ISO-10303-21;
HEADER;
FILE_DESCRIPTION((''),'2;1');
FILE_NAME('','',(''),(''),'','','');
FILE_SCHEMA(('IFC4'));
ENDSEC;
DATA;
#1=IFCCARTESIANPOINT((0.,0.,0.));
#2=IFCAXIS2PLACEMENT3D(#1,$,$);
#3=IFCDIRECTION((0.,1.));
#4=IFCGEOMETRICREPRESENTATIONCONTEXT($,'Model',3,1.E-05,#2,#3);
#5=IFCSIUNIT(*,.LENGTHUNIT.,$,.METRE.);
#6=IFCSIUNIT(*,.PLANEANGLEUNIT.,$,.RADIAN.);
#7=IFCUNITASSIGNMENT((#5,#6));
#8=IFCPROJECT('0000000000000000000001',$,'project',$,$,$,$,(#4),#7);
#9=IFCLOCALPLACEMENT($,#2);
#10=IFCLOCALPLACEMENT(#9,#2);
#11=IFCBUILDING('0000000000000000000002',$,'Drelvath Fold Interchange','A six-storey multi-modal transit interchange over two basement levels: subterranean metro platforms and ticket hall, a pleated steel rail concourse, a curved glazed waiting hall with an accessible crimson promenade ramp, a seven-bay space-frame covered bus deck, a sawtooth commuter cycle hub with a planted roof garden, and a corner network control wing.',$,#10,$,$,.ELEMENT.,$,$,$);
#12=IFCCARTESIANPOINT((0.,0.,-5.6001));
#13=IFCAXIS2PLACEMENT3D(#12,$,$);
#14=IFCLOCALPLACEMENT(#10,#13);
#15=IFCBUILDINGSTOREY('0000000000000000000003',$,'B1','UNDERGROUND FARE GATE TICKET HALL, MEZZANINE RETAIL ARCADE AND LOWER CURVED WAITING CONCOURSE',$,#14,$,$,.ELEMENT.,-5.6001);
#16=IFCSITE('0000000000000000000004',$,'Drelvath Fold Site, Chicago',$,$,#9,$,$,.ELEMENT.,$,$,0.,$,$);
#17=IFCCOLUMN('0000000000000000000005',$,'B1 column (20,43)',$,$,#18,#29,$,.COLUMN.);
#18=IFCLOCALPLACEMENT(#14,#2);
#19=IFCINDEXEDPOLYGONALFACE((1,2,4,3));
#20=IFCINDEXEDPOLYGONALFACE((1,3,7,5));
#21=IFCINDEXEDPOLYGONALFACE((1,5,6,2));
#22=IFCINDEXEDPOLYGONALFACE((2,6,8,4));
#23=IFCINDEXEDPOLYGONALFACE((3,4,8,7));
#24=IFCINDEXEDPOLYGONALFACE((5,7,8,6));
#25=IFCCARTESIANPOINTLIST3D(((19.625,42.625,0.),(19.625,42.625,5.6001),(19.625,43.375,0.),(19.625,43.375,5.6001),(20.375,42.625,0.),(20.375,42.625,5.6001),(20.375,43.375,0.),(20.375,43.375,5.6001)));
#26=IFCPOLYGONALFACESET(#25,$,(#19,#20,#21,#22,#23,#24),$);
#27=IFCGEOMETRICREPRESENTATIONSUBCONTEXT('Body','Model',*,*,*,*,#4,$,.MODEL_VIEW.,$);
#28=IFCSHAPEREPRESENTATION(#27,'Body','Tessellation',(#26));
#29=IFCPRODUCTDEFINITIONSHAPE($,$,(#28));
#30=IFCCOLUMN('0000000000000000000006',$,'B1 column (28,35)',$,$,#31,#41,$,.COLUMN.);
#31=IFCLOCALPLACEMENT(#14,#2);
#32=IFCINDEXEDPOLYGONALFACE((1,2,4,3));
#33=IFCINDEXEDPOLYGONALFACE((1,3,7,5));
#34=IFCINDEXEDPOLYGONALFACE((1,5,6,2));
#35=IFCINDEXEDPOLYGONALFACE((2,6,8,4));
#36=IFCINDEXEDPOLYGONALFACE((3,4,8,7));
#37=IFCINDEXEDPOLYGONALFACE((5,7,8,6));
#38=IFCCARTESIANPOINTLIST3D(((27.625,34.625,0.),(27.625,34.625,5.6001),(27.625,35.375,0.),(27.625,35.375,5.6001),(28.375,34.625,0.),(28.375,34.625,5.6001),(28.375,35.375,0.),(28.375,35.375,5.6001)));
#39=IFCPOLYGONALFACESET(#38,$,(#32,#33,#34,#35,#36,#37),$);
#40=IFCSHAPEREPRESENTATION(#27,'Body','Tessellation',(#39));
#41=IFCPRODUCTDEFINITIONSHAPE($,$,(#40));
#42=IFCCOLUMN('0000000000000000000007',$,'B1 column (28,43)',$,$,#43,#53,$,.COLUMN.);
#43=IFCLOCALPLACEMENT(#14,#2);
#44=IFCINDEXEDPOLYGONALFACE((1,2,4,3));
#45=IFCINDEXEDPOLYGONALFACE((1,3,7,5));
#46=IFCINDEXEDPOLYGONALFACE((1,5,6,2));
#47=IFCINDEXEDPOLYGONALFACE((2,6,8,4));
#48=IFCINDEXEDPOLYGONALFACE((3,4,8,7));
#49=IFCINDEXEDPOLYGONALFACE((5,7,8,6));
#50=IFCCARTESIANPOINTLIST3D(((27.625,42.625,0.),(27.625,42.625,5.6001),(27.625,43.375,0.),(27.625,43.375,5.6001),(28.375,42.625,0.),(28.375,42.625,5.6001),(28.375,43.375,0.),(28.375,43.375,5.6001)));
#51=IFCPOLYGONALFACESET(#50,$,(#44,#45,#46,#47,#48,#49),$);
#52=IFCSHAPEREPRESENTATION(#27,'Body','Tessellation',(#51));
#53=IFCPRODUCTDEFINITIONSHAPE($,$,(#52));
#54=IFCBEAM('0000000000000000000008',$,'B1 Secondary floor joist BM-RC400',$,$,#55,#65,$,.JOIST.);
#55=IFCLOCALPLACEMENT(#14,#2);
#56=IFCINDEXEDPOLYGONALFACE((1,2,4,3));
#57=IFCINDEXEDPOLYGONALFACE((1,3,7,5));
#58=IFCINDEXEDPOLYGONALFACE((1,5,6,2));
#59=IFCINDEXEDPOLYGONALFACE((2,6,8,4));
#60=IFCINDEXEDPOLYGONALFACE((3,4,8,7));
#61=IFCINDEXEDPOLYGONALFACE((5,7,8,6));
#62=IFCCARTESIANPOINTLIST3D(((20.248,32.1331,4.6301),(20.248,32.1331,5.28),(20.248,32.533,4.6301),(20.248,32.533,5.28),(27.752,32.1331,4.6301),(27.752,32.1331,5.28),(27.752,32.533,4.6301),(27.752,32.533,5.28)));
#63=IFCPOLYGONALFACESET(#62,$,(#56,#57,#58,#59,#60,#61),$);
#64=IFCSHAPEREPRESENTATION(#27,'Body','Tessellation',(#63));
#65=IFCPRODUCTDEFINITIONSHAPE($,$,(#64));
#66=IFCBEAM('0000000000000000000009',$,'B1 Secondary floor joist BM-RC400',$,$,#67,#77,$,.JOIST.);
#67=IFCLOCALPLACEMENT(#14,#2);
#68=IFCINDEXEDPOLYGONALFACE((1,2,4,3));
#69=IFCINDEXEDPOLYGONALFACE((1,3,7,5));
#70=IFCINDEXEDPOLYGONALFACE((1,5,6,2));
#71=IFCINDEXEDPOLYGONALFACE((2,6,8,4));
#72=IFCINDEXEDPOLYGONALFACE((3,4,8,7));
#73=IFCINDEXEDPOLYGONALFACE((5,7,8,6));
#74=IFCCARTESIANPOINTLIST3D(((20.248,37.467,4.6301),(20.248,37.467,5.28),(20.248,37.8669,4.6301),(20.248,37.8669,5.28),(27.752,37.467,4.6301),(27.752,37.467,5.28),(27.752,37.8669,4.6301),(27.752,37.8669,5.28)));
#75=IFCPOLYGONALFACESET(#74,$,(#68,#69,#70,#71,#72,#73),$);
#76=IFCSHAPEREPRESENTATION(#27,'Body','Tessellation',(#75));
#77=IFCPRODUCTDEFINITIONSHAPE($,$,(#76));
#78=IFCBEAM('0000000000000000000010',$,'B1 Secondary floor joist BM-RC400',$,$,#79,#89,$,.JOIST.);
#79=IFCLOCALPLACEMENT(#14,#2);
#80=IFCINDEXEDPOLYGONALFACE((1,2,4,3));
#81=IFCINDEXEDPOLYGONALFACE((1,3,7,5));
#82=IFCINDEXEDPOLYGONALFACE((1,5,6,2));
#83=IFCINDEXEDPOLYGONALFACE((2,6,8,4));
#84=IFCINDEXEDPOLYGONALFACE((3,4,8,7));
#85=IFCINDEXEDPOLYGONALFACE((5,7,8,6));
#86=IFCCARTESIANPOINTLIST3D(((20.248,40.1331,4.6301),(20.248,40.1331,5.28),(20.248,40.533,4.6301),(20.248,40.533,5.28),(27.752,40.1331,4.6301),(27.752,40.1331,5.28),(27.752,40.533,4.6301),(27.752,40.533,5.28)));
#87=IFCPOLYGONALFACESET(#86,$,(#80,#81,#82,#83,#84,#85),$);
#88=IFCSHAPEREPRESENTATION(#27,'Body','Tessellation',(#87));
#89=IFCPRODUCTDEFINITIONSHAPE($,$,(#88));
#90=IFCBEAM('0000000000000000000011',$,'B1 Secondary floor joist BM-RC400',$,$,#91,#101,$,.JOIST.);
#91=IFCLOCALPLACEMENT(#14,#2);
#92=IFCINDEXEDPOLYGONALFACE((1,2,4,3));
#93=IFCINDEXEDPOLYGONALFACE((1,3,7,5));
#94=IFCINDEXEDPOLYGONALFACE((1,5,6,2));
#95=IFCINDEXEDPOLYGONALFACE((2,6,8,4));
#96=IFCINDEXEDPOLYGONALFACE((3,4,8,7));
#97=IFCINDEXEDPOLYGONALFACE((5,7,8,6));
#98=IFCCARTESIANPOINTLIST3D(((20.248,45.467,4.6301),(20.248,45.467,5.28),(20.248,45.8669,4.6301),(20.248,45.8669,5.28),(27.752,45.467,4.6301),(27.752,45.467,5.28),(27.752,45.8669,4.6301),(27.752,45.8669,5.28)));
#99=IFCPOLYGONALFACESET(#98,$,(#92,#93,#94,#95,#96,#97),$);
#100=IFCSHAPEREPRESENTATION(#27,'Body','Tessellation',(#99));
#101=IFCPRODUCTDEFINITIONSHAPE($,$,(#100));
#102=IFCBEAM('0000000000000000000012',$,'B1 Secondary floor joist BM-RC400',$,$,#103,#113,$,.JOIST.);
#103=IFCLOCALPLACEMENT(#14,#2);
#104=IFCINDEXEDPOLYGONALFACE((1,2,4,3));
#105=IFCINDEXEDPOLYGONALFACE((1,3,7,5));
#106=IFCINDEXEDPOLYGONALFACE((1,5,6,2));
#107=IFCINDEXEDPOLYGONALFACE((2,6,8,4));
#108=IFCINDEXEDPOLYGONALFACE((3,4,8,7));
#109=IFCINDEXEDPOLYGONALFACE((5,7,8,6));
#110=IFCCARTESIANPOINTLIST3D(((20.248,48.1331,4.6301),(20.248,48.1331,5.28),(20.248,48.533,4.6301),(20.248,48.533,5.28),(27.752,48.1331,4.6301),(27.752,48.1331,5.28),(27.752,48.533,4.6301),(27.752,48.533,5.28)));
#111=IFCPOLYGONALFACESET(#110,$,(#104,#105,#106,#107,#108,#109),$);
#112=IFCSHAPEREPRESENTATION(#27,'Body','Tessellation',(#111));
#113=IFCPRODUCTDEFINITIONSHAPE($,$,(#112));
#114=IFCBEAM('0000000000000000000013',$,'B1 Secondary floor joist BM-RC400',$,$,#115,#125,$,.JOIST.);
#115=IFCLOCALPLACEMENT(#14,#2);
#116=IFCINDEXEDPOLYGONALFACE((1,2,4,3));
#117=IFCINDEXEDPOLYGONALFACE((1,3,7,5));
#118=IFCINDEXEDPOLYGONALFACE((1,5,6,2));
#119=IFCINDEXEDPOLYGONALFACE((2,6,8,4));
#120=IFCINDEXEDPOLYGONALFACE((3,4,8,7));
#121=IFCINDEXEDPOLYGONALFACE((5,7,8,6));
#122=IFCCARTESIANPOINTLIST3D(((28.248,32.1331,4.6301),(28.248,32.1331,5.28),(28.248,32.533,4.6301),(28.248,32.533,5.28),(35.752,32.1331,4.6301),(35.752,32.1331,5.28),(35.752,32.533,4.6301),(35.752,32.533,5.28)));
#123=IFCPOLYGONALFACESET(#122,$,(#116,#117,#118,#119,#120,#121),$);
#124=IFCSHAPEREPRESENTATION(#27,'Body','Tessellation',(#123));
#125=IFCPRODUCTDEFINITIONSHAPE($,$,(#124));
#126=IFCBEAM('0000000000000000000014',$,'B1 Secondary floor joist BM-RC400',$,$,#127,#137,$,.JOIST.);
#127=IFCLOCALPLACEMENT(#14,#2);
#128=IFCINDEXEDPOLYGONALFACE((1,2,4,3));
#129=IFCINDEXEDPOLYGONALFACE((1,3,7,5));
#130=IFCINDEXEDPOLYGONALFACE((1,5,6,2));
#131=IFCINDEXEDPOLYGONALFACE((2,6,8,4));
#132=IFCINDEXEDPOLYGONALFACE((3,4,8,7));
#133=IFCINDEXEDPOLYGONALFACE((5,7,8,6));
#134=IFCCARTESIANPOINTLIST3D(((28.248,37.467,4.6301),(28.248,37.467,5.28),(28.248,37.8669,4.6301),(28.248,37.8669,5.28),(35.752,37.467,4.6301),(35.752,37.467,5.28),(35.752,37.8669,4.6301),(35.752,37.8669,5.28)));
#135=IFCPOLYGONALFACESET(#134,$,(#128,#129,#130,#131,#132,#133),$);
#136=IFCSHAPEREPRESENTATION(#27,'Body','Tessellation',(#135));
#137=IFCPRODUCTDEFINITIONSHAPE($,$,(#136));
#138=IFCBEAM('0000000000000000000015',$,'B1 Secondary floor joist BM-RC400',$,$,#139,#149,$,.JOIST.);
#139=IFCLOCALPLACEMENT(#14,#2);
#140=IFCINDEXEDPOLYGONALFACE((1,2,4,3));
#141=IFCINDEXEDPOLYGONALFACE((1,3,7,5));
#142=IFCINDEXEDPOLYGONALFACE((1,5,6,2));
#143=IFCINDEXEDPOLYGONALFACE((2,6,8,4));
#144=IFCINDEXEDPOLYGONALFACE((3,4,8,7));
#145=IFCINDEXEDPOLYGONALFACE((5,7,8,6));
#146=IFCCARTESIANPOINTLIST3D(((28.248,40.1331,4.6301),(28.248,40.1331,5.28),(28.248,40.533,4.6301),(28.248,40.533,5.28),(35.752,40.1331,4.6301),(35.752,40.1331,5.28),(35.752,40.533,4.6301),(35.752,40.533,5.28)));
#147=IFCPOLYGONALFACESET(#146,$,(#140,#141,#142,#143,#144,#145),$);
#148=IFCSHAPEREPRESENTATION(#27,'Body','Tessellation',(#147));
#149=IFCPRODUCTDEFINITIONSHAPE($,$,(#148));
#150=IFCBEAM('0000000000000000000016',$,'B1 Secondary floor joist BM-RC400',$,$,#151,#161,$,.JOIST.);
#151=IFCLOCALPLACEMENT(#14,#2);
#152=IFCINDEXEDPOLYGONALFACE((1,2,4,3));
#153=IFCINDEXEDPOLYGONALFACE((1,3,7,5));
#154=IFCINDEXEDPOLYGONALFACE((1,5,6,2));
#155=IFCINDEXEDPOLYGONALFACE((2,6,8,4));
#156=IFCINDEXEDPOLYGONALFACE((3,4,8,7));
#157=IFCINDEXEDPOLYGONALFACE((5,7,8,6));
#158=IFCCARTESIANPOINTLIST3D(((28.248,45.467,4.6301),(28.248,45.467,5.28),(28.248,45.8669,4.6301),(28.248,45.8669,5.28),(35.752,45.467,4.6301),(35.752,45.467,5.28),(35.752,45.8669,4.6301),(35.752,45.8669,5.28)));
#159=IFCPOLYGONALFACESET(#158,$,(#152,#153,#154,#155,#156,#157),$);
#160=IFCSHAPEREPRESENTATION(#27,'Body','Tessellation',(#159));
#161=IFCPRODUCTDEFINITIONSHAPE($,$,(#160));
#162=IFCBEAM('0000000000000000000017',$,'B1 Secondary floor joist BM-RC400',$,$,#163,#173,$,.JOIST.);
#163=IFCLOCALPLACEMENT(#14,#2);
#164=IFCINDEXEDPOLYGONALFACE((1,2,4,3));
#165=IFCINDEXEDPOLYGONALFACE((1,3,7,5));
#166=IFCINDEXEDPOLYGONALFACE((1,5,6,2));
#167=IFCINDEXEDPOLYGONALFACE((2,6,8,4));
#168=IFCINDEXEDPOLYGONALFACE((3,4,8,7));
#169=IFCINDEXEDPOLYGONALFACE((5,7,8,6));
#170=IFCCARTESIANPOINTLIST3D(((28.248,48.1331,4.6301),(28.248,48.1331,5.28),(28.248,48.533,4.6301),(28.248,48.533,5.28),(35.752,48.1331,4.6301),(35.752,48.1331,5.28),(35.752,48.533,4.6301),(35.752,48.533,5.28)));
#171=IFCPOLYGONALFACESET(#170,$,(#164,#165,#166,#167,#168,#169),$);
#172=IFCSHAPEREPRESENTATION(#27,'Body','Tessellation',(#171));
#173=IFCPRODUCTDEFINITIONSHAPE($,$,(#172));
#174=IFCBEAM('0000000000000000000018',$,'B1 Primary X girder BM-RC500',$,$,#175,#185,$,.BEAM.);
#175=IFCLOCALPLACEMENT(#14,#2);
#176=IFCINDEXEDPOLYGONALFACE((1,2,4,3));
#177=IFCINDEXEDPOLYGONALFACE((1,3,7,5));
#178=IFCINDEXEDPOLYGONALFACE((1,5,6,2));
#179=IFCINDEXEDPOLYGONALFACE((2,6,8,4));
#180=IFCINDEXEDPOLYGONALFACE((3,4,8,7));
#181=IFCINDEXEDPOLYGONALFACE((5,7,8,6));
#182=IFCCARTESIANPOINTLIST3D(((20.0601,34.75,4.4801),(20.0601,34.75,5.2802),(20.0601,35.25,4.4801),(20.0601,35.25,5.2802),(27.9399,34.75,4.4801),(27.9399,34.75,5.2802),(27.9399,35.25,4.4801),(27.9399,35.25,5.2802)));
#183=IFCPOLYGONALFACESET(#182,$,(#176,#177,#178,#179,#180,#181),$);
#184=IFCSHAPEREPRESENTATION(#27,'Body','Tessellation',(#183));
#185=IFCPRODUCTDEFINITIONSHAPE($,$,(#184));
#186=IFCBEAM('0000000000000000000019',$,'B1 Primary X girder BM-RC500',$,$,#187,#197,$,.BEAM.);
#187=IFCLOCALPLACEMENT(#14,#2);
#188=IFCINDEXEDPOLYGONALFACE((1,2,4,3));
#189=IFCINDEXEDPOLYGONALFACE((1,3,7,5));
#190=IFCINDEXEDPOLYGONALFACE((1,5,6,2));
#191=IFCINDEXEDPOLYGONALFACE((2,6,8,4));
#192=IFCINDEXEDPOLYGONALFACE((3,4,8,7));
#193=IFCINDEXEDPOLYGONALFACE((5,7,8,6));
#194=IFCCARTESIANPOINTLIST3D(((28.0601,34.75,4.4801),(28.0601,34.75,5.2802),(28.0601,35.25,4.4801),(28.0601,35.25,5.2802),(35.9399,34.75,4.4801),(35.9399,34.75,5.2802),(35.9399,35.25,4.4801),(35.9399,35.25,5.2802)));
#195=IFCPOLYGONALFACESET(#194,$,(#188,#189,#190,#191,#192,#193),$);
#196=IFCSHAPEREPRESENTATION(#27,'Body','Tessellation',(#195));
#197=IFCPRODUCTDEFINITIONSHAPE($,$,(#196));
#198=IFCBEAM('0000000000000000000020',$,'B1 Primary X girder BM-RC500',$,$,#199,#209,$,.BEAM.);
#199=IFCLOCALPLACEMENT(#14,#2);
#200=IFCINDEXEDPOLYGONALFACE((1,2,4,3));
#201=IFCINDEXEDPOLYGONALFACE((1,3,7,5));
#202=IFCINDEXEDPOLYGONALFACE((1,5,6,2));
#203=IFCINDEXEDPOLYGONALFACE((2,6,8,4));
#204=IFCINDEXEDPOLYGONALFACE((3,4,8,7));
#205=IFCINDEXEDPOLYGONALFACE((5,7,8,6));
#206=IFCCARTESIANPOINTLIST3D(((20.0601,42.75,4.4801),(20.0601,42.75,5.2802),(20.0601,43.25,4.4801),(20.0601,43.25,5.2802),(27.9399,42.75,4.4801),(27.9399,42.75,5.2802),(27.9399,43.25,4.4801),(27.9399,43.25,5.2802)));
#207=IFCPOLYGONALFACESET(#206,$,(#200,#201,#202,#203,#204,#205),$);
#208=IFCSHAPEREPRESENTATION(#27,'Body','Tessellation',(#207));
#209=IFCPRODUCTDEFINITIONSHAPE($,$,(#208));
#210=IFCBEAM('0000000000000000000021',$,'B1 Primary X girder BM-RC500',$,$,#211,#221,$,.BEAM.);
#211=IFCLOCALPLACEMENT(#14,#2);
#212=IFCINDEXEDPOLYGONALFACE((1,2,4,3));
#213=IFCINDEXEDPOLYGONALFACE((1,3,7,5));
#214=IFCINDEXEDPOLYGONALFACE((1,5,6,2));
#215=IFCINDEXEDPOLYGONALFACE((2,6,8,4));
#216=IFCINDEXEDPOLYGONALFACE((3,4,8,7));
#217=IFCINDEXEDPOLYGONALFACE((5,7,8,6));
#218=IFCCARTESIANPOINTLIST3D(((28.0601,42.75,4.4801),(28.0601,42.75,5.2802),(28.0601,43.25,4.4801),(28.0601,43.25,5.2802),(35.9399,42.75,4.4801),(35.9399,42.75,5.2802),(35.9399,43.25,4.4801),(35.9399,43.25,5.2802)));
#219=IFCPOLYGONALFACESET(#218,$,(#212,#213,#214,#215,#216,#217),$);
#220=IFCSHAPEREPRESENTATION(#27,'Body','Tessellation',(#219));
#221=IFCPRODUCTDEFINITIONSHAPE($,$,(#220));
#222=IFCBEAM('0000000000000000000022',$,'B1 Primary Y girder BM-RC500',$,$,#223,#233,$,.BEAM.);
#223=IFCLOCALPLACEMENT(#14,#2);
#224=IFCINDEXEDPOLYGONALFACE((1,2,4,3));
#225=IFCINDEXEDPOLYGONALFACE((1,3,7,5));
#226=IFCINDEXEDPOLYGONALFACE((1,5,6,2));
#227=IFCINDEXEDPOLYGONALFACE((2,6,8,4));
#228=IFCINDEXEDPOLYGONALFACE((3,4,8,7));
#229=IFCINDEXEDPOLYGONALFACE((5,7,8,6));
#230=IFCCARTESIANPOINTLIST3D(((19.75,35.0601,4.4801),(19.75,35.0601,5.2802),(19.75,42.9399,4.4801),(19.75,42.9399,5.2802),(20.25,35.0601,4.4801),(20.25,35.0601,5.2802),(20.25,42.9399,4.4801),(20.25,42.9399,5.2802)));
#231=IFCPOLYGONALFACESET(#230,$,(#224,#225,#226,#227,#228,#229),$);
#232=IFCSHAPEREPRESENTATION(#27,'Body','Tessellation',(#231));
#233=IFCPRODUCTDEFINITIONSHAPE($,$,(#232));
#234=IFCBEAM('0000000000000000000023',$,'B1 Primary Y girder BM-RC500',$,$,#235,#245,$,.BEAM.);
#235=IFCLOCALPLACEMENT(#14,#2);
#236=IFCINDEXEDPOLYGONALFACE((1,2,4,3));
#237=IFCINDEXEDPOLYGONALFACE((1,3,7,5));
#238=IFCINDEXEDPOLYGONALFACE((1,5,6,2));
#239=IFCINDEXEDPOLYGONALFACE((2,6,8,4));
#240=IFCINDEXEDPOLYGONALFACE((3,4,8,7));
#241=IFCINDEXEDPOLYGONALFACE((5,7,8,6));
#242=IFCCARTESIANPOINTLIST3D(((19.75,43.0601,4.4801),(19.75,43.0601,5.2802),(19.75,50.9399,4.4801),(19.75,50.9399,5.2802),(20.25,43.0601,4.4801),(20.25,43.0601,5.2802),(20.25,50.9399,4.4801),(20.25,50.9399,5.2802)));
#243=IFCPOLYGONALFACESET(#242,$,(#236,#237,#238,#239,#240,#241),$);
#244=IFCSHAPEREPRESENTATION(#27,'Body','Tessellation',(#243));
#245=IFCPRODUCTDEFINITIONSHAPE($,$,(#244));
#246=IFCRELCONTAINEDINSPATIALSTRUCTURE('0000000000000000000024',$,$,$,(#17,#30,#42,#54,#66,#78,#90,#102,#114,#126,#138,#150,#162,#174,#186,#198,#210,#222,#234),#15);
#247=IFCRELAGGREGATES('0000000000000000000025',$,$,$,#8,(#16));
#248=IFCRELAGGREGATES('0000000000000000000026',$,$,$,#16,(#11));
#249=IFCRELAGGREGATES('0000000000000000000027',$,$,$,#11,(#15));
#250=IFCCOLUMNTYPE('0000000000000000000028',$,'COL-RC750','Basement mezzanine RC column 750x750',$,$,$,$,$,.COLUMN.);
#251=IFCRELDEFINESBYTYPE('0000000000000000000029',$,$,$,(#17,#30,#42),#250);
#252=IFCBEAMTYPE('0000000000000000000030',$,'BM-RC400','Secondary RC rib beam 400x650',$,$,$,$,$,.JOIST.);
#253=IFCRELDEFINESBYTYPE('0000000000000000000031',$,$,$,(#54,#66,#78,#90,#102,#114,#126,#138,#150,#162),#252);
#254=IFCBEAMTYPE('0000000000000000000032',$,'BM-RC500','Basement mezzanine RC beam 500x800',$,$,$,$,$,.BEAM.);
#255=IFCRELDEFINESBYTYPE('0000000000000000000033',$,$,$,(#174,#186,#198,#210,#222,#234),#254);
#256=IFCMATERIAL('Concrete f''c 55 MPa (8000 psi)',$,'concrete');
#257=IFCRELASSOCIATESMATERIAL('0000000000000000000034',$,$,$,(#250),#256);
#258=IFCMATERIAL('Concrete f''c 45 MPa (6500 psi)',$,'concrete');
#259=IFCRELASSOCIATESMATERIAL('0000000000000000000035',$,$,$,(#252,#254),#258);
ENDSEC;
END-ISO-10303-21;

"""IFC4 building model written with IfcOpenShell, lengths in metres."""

from ifc_helpers import new_model, si_unit, direction, frame, origin, origin_2d, place, context, subcontext, project, spatial, rectangle, extrude, material, material_profile, profile_set, type_object, element, save


model = new_model("IFC4")

# Units and contexts
model_context = context("Model", 3, precision=1e-05, world=origin(), true_north=direction((0.0, 1.0)))
body_context = subcontext(model_context, "Body", "Model", "MODEL_VIEW")
ifc_project = project(units=[si_unit("LENGTHUNIT", "METRE"), si_unit("PLANEANGLEUNIT", "RADIAN")], contexts=[model_context])

# Site, building, storey
site_placement = place(None, origin())
site = spatial("IfcSite", under=ifc_project, at=site_placement, Name="Drelvath Fold Site, Chicago", CompositionType="ELEMENT", RefElevation=0.0)
building_placement = place(site_placement, origin())
building = spatial("IfcBuilding", under=site, at=building_placement, Name="Drelvath Fold Interchange", Description="A six-storey multi-modal transit interchange over two basement levels: subterranean metro platforms and ticket hall, a pleated steel rail concourse, a curved glazed waiting hall with an accessible crimson promenade ramp, a seven-bay space-frame covered bus deck, a sawtooth commuter cycle hub with a planted roof garden, and a corner network control wing.", CompositionType="ELEMENT")
storey_placement = place(building_placement, frame((0.0, 0.0, -5.6001)))
storey = spatial("IfcBuildingStorey", under=building, at=storey_placement, Name="B1", Description="UNDERGROUND FARE GATE TICKET HALL, MEZZANINE RETAIL ARCADE AND LOWER CURVED WAITING CONCOURSE", CompositionType="ELEMENT", Elevation=-5.6001)

# Columns
ifc_material_1 = material(Name="Concrete f'c 55 MPa (8000 psi)", Category="concrete")
ifc_material_profile_1 = material_profile(ifc_material_1, rectangle(XDim=0.75, YDim=0.75, at=origin_2d()), Name="RC 750x750")
ifc_profile_set_1 = profile_set([ifc_material_profile_1], Name="Concrete f'c 55 MPa (8000 psi)")
column_type = type_object("IfcColumnType", Name="COL-RC750", Description="Basement mezzanine RC column 750x750", PredefinedType="COLUMN", material=ifc_profile_set_1)
for number, where, z_axis, x_axis, name in (
    (1, (20.0, 43.0, 0.0), (0.0, 0.0, 1.0), (1.0, 0.0, 0.0), "B1 column (20,43)"),
    (2, (28.0, 35.0, 0.0), (0.0, 0.0, 1.0), (1.0, 0.0, 0.0), "B1 column (28,35)"),
    (3, (28.0, 43.0, 0.0), (0.0, 0.0, 1.0), (1.0, 0.0, 0.0), "B1 column (28,43)"),
):
    element("IfcColumn", number, at=place(storey_placement, frame(where, z_axis=z_axis, x_axis=x_axis)), inside=storey, type_object=column_type, Name=name, PredefinedType="COLUMN", context=body_context, shape_type="SweptSolid", body=[
        extrude(rectangle(XDim=0.75, YDim=0.75, at=origin_2d()), origin(), (0.0, 0.0, 1.0), 5.6001),
    ])

# Beams
ifc_material_2 = material(Name="Concrete f'c 45 MPa (6500 psi)", Category="concrete")
ifc_material_profile_2 = material_profile(ifc_material_2, rectangle(XDim=0.3999, YDim=0.6499, at=origin_2d()), Name="RC 400x650")
ifc_profile_set_2 = profile_set([ifc_material_profile_2], Name="Concrete f'c 45 MPa (6500 psi)")
beam_type_1 = type_object("IfcBeamType", Name="BM-RC400", Description="Secondary RC rib beam 400x650", PredefinedType="JOIST", material=ifc_profile_set_2)
for number, where, z_axis, x_axis, name in (
    (4, (20.248, 32.333, 4.9551), (1.0, 0.0, 0.0), (0.0, 1.0, 0.0), "B1 Secondary floor joist BM-RC400"),
    (5, (20.248, 37.667, 4.9551), (1.0, 0.0, 0.0), (0.0, 1.0, 0.0), "B1 Secondary floor joist BM-RC400"),
    (6, (20.248, 40.333, 4.9551), (1.0, 0.0, 0.0), (0.0, 1.0, 0.0), "B1 Secondary floor joist BM-RC400"),
    (7, (20.248, 45.667, 4.9551), (1.0, 0.0, 0.0), (0.0, 1.0, 0.0), "B1 Secondary floor joist BM-RC400"),
    (8, (20.248, 48.333, 4.9551), (1.0, 0.0, 0.0), (0.0, 1.0, 0.0), "B1 Secondary floor joist BM-RC400"),
    (9, (28.248, 32.333, 4.9551), (1.0, 0.0, 0.0), (0.0, 1.0, 0.0), "B1 Secondary floor joist BM-RC400"),
    (10, (28.248, 37.667, 4.9551), (1.0, 0.0, 0.0), (0.0, 1.0, 0.0), "B1 Secondary floor joist BM-RC400"),
    (11, (28.248, 40.333, 4.9551), (1.0, 0.0, 0.0), (0.0, 1.0, 0.0), "B1 Secondary floor joist BM-RC400"),
    (12, (28.248, 45.667, 4.9551), (1.0, 0.0, 0.0), (0.0, 1.0, 0.0), "B1 Secondary floor joist BM-RC400"),
    (13, (28.248, 48.333, 4.9551), (1.0, 0.0, 0.0), (0.0, 1.0, 0.0), "B1 Secondary floor joist BM-RC400"),
):
    element("IfcBeam", number, at=place(storey_placement, frame(where, z_axis=z_axis, x_axis=x_axis)), inside=storey, type_object=beam_type_1, Name=name, PredefinedType="JOIST", context=body_context, shape_type="SweptSolid", body=[
        extrude(rectangle(XDim=0.3999, YDim=0.6499, at=origin_2d()), origin(), (0.0, 0.0, 1.0), 7.5039),
    ])
ifc_material_profile_3 = material_profile(ifc_material_2, rectangle(XDim=0.5, YDim=0.8, at=origin_2d()), Name="RC 500x800")
ifc_profile_set_3 = profile_set([ifc_material_profile_3], Name="Concrete f'c 45 MPa (6500 psi)")
beam_type_2 = type_object("IfcBeamType", Name="BM-RC500", Description="Basement mezzanine RC beam 500x800", PredefinedType="BEAM", material=ifc_profile_set_3)
for number, where, z_axis, x_axis, name in (
    (14, (20.0601, 35.0, 4.8801), (1.0, 0.0, 0.0), (0.0, 1.0, 0.0), "B1 Primary X girder BM-RC500"),
    (15, (28.0601, 35.0, 4.8801), (1.0, 0.0, 0.0), (0.0, 1.0, 0.0), "B1 Primary X girder BM-RC500"),
    (16, (20.0601, 43.0, 4.8801), (1.0, 0.0, 0.0), (0.0, 1.0, 0.0), "B1 Primary X girder BM-RC500"),
    (17, (28.0601, 43.0, 4.8801), (1.0, 0.0, 0.0), (0.0, 1.0, 0.0), "B1 Primary X girder BM-RC500"),
    (18, (20.0, 35.0601, 4.8801), (0.0, 1.0, 0.0), (-1.0, 0.0, 0.0), "B1 Primary Y girder BM-RC500"),
    (19, (20.0, 43.0601, 4.8801), (0.0, 1.0, 0.0), (-1.0, 0.0, 0.0), "B1 Primary Y girder BM-RC500"),
):
    element("IfcBeam", number, at=place(storey_placement, frame(where, z_axis=z_axis, x_axis=x_axis)), inside=storey, type_object=beam_type_2, Name=name, PredefinedType="BEAM", context=body_context, shape_type="SweptSolid", body=[
        extrude(rectangle(XDim=0.5, YDim=0.8, at=origin_2d()), origin(), (0.0, 0.0, 1.0), 7.8799),
    ])

save(model, "model.ifc")
